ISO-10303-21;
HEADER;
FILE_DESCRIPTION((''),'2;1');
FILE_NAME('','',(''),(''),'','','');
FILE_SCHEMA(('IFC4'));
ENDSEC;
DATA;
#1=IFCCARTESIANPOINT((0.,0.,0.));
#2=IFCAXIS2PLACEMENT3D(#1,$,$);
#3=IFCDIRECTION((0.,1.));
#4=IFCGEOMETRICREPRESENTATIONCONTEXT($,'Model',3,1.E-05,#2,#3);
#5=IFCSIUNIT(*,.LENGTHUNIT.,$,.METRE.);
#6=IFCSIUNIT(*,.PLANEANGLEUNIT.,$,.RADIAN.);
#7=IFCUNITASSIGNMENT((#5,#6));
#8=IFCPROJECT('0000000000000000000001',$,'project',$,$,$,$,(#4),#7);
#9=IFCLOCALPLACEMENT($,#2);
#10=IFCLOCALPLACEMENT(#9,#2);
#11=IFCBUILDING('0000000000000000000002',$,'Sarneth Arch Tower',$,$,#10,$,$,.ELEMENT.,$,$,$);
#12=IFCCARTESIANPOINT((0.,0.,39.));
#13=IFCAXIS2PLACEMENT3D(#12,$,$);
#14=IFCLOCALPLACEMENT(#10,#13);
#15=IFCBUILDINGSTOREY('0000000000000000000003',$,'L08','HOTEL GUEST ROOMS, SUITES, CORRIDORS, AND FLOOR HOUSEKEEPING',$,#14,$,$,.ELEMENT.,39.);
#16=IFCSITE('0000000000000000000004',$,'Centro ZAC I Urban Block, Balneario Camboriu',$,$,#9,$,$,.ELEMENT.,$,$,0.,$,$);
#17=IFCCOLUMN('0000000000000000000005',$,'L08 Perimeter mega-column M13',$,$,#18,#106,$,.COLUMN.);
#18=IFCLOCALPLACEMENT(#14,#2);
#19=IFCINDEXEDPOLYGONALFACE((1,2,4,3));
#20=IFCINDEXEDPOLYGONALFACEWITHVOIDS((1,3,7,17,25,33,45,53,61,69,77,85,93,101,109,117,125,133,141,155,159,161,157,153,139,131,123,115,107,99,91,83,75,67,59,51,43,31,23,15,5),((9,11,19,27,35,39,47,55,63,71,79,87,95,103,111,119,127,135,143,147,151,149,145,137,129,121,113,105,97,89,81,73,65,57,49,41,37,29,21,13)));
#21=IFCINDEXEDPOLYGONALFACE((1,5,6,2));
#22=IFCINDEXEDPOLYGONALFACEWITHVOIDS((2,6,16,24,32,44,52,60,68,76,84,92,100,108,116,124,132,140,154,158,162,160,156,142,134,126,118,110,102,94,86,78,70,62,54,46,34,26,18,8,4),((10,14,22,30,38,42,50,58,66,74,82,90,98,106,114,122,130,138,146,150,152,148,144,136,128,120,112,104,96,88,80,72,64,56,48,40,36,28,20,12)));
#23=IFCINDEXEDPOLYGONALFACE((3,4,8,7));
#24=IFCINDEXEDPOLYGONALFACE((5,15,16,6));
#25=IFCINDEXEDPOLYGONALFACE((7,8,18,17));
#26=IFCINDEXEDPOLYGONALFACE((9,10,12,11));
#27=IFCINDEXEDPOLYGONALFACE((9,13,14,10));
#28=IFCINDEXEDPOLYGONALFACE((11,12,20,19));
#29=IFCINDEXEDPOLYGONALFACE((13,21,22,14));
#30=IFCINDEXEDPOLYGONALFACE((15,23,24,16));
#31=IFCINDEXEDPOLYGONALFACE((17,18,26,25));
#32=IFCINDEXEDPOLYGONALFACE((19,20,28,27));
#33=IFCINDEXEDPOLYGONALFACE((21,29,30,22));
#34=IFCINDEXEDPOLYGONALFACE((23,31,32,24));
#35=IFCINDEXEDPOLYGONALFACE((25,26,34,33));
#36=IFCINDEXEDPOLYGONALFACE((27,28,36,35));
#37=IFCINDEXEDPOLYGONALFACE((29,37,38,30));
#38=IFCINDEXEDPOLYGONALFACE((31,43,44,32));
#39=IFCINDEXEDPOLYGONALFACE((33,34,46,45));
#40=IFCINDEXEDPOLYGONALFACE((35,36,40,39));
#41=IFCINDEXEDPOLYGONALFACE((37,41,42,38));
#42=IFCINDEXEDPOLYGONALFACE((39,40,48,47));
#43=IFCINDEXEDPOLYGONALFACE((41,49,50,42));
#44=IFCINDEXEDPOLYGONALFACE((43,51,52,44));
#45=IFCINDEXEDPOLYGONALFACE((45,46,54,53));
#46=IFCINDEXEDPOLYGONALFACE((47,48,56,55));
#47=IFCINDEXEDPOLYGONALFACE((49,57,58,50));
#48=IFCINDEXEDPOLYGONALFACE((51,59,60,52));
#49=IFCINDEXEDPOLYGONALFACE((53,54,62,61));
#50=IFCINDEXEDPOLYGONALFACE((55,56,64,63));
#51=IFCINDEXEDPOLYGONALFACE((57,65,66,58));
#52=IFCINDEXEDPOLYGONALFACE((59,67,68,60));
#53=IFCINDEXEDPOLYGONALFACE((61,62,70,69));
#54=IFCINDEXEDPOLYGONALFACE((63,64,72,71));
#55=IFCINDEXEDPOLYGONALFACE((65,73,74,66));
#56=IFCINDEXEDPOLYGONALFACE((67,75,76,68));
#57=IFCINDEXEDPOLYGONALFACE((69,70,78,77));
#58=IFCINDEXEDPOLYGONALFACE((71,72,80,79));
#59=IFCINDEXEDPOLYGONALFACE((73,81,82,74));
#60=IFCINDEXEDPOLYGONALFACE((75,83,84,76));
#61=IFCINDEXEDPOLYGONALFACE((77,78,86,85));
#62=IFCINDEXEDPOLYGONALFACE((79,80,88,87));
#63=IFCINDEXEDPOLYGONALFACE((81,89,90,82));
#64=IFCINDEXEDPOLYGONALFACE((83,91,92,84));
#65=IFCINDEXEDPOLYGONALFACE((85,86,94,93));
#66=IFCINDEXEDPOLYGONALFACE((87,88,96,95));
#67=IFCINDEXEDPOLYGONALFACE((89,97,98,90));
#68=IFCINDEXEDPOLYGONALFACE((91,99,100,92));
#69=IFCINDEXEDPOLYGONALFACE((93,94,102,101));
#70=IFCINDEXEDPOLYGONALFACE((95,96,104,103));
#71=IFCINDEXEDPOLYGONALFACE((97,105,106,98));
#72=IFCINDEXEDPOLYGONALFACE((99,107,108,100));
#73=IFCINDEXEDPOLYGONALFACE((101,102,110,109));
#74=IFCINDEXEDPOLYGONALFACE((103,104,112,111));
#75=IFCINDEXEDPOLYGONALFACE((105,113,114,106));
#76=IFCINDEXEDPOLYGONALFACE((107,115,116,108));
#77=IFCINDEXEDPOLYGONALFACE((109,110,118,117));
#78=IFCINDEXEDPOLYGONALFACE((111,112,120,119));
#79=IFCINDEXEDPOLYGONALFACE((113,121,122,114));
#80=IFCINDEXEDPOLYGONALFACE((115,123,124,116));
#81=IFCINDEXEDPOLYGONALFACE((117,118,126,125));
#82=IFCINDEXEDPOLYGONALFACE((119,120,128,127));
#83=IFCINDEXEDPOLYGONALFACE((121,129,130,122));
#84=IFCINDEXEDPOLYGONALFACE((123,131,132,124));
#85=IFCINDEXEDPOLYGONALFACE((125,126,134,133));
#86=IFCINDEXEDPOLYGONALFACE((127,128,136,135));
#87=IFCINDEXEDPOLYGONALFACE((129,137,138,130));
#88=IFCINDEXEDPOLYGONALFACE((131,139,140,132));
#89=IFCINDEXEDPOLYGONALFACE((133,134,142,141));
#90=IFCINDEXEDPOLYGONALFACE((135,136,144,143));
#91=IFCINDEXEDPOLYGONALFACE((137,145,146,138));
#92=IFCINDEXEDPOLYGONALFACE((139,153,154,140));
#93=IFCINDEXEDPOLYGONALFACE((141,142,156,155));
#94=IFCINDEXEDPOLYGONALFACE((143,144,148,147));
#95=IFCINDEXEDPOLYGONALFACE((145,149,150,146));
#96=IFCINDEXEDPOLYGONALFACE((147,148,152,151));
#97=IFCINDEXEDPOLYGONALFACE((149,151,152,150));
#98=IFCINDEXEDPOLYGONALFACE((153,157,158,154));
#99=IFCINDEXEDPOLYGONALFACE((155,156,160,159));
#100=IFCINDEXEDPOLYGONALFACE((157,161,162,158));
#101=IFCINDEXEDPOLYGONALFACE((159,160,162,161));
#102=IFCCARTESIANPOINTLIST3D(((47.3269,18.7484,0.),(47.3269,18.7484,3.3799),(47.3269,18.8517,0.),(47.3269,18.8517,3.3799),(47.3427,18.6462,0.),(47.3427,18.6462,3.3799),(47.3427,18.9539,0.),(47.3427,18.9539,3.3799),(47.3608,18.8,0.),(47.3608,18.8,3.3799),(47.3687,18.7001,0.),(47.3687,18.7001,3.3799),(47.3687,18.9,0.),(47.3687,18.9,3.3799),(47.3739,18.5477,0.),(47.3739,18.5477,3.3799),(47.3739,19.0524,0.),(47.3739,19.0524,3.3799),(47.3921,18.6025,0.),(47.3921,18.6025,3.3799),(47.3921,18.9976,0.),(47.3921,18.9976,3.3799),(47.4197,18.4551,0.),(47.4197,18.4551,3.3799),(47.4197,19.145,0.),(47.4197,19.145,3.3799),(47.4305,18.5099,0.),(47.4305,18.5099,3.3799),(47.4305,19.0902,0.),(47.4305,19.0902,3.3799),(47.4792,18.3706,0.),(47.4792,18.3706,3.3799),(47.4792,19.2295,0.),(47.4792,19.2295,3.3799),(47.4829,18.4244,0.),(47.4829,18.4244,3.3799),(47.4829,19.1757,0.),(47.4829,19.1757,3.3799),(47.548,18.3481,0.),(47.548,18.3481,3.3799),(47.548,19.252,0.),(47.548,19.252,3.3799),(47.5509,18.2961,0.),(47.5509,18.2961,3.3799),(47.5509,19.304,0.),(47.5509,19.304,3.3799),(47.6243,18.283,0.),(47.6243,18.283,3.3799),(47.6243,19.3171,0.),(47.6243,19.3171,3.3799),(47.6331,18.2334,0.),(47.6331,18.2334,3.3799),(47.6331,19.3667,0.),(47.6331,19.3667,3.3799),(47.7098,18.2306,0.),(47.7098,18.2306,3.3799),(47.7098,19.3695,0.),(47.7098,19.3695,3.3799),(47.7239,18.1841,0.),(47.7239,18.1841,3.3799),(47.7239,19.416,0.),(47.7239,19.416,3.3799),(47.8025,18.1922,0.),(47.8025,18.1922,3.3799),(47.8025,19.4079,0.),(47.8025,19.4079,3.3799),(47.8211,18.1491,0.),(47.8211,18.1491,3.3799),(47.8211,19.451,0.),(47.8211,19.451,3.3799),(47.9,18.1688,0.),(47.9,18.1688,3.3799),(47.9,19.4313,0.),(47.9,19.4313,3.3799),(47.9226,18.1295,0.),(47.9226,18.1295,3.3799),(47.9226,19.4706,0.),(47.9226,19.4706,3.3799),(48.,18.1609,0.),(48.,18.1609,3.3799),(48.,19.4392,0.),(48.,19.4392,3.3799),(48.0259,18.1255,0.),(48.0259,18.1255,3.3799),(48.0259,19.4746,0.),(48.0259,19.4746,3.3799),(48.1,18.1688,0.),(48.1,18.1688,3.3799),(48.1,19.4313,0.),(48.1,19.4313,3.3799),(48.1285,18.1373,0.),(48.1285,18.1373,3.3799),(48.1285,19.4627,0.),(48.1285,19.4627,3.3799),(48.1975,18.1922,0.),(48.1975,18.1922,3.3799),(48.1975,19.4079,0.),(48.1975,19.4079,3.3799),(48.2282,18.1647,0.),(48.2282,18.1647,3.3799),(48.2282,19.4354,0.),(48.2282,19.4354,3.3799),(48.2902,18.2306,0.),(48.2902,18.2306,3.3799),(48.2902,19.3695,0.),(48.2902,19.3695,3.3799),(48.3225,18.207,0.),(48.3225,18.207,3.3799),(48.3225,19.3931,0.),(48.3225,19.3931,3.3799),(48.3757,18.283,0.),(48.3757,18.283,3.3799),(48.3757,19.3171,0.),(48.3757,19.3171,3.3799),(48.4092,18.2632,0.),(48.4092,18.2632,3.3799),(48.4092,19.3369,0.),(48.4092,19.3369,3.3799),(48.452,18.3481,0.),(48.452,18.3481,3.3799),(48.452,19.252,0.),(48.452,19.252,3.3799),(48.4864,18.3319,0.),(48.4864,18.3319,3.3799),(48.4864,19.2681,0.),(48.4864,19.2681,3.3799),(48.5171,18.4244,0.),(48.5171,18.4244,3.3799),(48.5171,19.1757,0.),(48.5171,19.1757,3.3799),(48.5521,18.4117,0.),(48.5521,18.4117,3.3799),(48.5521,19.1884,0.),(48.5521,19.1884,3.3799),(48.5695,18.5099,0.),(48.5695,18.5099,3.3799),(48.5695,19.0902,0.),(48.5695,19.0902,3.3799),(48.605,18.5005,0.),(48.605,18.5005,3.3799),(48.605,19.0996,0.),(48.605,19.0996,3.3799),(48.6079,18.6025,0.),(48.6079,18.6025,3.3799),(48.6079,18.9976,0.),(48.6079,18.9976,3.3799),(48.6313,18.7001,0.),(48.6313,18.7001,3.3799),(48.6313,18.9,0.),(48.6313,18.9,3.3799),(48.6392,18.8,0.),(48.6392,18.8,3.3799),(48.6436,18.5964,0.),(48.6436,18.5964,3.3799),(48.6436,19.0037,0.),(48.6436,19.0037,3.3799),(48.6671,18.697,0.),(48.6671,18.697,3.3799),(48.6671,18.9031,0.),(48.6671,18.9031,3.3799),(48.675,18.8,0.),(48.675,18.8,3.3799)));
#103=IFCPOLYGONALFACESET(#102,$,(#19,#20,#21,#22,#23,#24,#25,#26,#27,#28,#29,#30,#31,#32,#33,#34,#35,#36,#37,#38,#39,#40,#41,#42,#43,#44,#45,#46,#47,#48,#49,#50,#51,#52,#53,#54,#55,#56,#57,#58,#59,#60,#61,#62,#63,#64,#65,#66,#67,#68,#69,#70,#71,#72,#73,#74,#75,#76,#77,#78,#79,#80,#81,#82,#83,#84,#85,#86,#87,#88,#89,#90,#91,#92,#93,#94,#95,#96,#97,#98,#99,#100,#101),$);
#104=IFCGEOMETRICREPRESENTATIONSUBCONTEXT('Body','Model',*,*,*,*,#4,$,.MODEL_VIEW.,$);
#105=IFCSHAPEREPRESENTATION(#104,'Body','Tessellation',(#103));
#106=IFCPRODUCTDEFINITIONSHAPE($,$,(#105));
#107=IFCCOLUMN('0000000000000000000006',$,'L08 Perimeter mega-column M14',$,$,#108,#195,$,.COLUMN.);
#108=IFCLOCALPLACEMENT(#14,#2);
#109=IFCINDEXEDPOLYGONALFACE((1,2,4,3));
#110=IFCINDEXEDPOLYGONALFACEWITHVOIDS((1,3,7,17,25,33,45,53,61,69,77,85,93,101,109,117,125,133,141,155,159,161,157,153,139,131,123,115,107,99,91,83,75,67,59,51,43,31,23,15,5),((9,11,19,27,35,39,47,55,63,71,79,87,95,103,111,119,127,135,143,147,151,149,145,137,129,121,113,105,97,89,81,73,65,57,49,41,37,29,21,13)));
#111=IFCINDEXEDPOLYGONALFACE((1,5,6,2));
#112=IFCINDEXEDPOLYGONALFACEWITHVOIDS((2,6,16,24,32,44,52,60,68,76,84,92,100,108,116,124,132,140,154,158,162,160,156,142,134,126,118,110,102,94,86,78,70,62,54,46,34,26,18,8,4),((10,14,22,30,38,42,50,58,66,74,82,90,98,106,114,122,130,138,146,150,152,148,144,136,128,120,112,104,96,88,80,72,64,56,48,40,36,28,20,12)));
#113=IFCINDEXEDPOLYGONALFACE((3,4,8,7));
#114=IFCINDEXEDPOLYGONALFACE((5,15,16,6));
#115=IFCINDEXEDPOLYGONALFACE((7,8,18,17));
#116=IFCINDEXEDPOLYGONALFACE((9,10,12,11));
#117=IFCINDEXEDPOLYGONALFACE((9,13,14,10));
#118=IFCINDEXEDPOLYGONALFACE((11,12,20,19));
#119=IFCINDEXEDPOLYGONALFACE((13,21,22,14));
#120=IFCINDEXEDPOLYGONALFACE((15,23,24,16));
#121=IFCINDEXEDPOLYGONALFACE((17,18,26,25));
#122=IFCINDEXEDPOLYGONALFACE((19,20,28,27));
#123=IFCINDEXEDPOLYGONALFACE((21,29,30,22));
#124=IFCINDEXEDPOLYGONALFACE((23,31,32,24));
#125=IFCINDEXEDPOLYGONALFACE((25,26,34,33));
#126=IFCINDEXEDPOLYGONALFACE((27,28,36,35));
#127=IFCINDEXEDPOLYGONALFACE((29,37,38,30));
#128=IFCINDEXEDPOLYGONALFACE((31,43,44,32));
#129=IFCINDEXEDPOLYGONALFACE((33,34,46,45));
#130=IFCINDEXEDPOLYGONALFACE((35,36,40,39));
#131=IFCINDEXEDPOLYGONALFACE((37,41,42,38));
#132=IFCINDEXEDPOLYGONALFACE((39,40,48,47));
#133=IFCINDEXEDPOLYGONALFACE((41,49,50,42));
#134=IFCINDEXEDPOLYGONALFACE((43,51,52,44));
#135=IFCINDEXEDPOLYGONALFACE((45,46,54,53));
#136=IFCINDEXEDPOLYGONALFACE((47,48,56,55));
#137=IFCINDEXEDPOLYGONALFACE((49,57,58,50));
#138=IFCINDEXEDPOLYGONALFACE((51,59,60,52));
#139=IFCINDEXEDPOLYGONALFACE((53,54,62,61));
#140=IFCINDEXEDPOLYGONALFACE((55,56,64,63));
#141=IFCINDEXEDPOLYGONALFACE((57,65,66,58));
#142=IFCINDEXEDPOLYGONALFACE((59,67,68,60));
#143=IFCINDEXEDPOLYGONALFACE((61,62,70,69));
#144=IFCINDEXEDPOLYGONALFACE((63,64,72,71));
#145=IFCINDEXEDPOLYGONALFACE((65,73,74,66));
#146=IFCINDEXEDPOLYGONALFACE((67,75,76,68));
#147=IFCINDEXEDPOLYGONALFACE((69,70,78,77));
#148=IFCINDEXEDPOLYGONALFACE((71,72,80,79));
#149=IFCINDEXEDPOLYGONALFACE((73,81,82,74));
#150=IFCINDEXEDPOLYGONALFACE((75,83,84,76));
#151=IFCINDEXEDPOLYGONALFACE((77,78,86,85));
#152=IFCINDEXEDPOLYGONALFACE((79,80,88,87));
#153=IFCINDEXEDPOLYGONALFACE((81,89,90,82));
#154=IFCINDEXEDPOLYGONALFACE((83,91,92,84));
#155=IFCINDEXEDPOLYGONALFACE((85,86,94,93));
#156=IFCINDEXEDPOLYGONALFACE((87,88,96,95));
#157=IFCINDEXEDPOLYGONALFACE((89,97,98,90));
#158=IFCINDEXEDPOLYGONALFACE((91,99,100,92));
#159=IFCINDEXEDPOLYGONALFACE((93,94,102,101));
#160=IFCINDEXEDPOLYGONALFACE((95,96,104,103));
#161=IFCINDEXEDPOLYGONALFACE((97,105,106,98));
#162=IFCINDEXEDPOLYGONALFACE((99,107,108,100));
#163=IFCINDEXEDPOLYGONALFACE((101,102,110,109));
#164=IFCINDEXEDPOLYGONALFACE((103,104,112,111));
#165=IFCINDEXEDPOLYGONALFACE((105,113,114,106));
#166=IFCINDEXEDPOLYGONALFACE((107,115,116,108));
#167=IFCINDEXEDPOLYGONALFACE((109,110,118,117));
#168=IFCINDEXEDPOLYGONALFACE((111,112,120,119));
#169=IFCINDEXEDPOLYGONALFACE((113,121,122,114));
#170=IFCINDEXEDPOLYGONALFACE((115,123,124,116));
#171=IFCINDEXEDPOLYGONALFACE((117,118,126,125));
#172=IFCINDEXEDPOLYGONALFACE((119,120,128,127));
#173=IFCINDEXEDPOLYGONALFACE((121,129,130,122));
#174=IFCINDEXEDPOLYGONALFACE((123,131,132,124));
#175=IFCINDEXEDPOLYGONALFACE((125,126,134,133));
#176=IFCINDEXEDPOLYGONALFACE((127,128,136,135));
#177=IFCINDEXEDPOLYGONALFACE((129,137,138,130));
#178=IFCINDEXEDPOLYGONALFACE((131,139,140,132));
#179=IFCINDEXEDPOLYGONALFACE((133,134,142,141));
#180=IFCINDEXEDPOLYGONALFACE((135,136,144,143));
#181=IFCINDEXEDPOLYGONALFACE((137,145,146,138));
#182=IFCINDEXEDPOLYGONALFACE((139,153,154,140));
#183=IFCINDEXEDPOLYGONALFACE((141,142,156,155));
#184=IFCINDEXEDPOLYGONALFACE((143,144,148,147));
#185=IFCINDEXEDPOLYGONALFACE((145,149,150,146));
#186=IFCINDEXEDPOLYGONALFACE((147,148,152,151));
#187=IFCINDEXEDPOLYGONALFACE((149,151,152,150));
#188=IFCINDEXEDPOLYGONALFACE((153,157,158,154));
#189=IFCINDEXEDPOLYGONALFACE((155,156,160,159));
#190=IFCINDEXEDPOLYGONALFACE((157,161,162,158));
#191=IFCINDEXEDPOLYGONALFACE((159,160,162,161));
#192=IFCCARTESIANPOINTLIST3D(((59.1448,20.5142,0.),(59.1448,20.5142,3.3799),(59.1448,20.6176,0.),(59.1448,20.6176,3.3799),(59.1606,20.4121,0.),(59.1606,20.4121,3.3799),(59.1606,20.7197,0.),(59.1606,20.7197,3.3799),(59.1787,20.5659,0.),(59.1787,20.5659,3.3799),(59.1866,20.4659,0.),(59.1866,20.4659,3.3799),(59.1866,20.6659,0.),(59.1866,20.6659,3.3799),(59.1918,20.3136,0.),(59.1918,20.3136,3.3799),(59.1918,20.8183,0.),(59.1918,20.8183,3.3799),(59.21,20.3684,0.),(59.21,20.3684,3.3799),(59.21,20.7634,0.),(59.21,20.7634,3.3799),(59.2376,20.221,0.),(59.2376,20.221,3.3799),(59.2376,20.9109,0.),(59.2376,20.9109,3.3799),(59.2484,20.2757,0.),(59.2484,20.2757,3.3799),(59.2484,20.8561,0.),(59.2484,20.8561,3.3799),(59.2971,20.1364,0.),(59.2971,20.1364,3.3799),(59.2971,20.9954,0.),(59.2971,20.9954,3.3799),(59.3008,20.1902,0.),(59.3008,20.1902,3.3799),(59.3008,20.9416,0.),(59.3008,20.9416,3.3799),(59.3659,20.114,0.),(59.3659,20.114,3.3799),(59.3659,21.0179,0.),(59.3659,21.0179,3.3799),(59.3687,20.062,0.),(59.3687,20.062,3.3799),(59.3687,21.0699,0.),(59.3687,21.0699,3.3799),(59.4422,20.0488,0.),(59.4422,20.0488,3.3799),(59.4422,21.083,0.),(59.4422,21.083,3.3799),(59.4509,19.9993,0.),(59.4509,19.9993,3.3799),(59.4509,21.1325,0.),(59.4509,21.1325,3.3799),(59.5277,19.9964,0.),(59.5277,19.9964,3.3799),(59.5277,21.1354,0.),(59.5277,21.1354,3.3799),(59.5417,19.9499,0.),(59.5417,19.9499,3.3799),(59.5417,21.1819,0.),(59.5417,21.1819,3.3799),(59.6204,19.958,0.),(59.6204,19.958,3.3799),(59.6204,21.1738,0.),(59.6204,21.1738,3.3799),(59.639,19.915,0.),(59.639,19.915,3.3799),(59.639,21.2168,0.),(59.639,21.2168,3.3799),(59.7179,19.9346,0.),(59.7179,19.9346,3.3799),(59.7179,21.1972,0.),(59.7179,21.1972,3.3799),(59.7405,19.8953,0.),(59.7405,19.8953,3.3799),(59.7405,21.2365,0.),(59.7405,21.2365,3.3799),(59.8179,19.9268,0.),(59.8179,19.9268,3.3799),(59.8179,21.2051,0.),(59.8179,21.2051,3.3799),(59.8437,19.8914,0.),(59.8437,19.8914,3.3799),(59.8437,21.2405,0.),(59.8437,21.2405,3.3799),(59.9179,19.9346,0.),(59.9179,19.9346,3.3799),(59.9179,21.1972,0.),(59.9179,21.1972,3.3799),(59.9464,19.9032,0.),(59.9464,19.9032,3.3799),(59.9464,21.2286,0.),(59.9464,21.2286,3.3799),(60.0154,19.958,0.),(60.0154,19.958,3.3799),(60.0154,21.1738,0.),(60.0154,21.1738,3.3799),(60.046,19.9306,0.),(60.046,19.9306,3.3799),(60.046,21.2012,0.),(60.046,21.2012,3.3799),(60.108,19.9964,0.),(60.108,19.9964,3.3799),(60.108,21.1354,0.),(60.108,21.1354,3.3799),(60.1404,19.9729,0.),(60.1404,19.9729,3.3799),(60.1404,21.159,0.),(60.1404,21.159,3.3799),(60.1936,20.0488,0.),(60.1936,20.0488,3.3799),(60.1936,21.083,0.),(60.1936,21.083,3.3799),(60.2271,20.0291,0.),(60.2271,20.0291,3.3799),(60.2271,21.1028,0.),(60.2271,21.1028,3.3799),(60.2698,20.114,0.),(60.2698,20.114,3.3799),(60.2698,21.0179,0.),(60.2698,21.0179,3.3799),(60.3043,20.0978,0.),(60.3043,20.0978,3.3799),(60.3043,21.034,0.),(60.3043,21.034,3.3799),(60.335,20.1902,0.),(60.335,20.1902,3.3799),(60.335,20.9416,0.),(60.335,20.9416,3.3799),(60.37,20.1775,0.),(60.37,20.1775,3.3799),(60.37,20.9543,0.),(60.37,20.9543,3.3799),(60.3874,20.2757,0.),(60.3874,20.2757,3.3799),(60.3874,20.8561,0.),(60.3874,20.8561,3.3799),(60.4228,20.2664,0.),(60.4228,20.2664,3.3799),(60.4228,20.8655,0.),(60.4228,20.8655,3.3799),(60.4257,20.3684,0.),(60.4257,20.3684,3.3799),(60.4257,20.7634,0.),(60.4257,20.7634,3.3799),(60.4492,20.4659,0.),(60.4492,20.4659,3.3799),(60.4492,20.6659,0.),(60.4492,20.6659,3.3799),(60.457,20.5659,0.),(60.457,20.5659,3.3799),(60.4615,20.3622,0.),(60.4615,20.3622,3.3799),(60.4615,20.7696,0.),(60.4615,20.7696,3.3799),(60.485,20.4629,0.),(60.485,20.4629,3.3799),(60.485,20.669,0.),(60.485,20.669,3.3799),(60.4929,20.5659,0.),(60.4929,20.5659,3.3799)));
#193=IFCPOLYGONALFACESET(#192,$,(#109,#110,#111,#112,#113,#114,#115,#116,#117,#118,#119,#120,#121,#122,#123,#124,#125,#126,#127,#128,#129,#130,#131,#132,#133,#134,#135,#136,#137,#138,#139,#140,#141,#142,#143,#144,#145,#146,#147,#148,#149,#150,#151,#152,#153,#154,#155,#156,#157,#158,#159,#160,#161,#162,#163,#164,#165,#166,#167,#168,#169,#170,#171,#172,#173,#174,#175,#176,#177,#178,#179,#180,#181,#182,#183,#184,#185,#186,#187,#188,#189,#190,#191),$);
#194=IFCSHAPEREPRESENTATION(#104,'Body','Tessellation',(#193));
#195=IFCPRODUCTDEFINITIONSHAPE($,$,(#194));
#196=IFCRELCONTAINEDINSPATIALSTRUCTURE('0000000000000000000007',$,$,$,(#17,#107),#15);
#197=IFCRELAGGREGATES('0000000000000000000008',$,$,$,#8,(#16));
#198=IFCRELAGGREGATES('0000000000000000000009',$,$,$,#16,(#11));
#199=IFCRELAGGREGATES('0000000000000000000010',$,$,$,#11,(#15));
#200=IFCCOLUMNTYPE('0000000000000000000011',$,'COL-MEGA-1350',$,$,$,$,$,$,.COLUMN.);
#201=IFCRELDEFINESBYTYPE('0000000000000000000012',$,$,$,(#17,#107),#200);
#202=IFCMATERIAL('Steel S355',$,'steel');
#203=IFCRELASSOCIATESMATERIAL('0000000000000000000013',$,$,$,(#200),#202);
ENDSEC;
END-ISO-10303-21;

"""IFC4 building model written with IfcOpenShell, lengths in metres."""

from ifc_helpers import new_model, si_unit, direction, frame, origin, origin_2d, place, context, subcontext, project, spatial, hollow_circle, extrude, material, material_profile, profile_set, type_object, element, save


model = new_model("IFC4")

# Units and contexts
model_context = context("Model", 3, precision=1e-05, world=origin(), true_north=direction((0.0, 1.0)))
body_context = subcontext(model_context, "Body", "Model", "MODEL_VIEW")
ifc_project = project(units=[si_unit("LENGTHUNIT", "METRE"), si_unit("PLANEANGLEUNIT", "RADIAN")], contexts=[model_context])

# Site, building, storey
site_placement = place(None, origin())
site = spatial("IfcSite", under=ifc_project, at=site_placement, Name="Centro ZAC I Urban Block, Balneario Camboriu", CompositionType="ELEMENT", RefElevation=0.0)
building_placement = place(site_placement, origin())
building = spatial("IfcBuilding", under=site, at=building_placement, Name="Sarneth Arch Tower", CompositionType="ELEMENT")
storey_placement = place(building_placement, frame((0.0, 0.0, 39.0)))
storey = spatial("IfcBuildingStorey", under=building, at=storey_placement, Name="L08", Description="HOTEL GUEST ROOMS, SUITES, CORRIDORS, AND FLOOR HOUSEKEEPING", CompositionType="ELEMENT", Elevation=39.0)

# Columns
ifc_material_1 = material(Name="Steel S355", Category="steel")
ifc_material_profile_1 = material_profile(ifc_material_1, hollow_circle(Radius=0.675, WallThickness=0.0359, at=origin_2d()), Name="CHS1350x36")
ifc_profile_set_1 = profile_set([ifc_material_profile_1], Name="Steel S355")
column_type = type_object("IfcColumnType", Name="COL-MEGA-1350", PredefinedType="COLUMN", material=ifc_profile_set_1)
for number, where, z_axis, x_axis, name in (
    (1, (48.0, 18.8, 0.0), (0.0, 0.0, 1.0), (1.0, 0.0, 0.0), "L08 Perimeter mega-column M13"),
    (2, (59.8179, 20.5659, 0.0), (0.0, 0.0, 1.0), (1.0, 0.0, 0.0), "L08 Perimeter mega-column M14"),
):
    element("IfcColumn", number, at=place(storey_placement, frame(where, z_axis=z_axis, x_axis=x_axis)), inside=storey, type_object=column_type, Name=name, PredefinedType="COLUMN", context=body_context, shape_type="SweptSolid", body=[
        extrude(hollow_circle(Radius=0.675, WallThickness=0.0359, at=origin_2d()), origin(), (0.0, 0.0, 1.0), 3.3799),
    ])

save(model, "model.ifc")
